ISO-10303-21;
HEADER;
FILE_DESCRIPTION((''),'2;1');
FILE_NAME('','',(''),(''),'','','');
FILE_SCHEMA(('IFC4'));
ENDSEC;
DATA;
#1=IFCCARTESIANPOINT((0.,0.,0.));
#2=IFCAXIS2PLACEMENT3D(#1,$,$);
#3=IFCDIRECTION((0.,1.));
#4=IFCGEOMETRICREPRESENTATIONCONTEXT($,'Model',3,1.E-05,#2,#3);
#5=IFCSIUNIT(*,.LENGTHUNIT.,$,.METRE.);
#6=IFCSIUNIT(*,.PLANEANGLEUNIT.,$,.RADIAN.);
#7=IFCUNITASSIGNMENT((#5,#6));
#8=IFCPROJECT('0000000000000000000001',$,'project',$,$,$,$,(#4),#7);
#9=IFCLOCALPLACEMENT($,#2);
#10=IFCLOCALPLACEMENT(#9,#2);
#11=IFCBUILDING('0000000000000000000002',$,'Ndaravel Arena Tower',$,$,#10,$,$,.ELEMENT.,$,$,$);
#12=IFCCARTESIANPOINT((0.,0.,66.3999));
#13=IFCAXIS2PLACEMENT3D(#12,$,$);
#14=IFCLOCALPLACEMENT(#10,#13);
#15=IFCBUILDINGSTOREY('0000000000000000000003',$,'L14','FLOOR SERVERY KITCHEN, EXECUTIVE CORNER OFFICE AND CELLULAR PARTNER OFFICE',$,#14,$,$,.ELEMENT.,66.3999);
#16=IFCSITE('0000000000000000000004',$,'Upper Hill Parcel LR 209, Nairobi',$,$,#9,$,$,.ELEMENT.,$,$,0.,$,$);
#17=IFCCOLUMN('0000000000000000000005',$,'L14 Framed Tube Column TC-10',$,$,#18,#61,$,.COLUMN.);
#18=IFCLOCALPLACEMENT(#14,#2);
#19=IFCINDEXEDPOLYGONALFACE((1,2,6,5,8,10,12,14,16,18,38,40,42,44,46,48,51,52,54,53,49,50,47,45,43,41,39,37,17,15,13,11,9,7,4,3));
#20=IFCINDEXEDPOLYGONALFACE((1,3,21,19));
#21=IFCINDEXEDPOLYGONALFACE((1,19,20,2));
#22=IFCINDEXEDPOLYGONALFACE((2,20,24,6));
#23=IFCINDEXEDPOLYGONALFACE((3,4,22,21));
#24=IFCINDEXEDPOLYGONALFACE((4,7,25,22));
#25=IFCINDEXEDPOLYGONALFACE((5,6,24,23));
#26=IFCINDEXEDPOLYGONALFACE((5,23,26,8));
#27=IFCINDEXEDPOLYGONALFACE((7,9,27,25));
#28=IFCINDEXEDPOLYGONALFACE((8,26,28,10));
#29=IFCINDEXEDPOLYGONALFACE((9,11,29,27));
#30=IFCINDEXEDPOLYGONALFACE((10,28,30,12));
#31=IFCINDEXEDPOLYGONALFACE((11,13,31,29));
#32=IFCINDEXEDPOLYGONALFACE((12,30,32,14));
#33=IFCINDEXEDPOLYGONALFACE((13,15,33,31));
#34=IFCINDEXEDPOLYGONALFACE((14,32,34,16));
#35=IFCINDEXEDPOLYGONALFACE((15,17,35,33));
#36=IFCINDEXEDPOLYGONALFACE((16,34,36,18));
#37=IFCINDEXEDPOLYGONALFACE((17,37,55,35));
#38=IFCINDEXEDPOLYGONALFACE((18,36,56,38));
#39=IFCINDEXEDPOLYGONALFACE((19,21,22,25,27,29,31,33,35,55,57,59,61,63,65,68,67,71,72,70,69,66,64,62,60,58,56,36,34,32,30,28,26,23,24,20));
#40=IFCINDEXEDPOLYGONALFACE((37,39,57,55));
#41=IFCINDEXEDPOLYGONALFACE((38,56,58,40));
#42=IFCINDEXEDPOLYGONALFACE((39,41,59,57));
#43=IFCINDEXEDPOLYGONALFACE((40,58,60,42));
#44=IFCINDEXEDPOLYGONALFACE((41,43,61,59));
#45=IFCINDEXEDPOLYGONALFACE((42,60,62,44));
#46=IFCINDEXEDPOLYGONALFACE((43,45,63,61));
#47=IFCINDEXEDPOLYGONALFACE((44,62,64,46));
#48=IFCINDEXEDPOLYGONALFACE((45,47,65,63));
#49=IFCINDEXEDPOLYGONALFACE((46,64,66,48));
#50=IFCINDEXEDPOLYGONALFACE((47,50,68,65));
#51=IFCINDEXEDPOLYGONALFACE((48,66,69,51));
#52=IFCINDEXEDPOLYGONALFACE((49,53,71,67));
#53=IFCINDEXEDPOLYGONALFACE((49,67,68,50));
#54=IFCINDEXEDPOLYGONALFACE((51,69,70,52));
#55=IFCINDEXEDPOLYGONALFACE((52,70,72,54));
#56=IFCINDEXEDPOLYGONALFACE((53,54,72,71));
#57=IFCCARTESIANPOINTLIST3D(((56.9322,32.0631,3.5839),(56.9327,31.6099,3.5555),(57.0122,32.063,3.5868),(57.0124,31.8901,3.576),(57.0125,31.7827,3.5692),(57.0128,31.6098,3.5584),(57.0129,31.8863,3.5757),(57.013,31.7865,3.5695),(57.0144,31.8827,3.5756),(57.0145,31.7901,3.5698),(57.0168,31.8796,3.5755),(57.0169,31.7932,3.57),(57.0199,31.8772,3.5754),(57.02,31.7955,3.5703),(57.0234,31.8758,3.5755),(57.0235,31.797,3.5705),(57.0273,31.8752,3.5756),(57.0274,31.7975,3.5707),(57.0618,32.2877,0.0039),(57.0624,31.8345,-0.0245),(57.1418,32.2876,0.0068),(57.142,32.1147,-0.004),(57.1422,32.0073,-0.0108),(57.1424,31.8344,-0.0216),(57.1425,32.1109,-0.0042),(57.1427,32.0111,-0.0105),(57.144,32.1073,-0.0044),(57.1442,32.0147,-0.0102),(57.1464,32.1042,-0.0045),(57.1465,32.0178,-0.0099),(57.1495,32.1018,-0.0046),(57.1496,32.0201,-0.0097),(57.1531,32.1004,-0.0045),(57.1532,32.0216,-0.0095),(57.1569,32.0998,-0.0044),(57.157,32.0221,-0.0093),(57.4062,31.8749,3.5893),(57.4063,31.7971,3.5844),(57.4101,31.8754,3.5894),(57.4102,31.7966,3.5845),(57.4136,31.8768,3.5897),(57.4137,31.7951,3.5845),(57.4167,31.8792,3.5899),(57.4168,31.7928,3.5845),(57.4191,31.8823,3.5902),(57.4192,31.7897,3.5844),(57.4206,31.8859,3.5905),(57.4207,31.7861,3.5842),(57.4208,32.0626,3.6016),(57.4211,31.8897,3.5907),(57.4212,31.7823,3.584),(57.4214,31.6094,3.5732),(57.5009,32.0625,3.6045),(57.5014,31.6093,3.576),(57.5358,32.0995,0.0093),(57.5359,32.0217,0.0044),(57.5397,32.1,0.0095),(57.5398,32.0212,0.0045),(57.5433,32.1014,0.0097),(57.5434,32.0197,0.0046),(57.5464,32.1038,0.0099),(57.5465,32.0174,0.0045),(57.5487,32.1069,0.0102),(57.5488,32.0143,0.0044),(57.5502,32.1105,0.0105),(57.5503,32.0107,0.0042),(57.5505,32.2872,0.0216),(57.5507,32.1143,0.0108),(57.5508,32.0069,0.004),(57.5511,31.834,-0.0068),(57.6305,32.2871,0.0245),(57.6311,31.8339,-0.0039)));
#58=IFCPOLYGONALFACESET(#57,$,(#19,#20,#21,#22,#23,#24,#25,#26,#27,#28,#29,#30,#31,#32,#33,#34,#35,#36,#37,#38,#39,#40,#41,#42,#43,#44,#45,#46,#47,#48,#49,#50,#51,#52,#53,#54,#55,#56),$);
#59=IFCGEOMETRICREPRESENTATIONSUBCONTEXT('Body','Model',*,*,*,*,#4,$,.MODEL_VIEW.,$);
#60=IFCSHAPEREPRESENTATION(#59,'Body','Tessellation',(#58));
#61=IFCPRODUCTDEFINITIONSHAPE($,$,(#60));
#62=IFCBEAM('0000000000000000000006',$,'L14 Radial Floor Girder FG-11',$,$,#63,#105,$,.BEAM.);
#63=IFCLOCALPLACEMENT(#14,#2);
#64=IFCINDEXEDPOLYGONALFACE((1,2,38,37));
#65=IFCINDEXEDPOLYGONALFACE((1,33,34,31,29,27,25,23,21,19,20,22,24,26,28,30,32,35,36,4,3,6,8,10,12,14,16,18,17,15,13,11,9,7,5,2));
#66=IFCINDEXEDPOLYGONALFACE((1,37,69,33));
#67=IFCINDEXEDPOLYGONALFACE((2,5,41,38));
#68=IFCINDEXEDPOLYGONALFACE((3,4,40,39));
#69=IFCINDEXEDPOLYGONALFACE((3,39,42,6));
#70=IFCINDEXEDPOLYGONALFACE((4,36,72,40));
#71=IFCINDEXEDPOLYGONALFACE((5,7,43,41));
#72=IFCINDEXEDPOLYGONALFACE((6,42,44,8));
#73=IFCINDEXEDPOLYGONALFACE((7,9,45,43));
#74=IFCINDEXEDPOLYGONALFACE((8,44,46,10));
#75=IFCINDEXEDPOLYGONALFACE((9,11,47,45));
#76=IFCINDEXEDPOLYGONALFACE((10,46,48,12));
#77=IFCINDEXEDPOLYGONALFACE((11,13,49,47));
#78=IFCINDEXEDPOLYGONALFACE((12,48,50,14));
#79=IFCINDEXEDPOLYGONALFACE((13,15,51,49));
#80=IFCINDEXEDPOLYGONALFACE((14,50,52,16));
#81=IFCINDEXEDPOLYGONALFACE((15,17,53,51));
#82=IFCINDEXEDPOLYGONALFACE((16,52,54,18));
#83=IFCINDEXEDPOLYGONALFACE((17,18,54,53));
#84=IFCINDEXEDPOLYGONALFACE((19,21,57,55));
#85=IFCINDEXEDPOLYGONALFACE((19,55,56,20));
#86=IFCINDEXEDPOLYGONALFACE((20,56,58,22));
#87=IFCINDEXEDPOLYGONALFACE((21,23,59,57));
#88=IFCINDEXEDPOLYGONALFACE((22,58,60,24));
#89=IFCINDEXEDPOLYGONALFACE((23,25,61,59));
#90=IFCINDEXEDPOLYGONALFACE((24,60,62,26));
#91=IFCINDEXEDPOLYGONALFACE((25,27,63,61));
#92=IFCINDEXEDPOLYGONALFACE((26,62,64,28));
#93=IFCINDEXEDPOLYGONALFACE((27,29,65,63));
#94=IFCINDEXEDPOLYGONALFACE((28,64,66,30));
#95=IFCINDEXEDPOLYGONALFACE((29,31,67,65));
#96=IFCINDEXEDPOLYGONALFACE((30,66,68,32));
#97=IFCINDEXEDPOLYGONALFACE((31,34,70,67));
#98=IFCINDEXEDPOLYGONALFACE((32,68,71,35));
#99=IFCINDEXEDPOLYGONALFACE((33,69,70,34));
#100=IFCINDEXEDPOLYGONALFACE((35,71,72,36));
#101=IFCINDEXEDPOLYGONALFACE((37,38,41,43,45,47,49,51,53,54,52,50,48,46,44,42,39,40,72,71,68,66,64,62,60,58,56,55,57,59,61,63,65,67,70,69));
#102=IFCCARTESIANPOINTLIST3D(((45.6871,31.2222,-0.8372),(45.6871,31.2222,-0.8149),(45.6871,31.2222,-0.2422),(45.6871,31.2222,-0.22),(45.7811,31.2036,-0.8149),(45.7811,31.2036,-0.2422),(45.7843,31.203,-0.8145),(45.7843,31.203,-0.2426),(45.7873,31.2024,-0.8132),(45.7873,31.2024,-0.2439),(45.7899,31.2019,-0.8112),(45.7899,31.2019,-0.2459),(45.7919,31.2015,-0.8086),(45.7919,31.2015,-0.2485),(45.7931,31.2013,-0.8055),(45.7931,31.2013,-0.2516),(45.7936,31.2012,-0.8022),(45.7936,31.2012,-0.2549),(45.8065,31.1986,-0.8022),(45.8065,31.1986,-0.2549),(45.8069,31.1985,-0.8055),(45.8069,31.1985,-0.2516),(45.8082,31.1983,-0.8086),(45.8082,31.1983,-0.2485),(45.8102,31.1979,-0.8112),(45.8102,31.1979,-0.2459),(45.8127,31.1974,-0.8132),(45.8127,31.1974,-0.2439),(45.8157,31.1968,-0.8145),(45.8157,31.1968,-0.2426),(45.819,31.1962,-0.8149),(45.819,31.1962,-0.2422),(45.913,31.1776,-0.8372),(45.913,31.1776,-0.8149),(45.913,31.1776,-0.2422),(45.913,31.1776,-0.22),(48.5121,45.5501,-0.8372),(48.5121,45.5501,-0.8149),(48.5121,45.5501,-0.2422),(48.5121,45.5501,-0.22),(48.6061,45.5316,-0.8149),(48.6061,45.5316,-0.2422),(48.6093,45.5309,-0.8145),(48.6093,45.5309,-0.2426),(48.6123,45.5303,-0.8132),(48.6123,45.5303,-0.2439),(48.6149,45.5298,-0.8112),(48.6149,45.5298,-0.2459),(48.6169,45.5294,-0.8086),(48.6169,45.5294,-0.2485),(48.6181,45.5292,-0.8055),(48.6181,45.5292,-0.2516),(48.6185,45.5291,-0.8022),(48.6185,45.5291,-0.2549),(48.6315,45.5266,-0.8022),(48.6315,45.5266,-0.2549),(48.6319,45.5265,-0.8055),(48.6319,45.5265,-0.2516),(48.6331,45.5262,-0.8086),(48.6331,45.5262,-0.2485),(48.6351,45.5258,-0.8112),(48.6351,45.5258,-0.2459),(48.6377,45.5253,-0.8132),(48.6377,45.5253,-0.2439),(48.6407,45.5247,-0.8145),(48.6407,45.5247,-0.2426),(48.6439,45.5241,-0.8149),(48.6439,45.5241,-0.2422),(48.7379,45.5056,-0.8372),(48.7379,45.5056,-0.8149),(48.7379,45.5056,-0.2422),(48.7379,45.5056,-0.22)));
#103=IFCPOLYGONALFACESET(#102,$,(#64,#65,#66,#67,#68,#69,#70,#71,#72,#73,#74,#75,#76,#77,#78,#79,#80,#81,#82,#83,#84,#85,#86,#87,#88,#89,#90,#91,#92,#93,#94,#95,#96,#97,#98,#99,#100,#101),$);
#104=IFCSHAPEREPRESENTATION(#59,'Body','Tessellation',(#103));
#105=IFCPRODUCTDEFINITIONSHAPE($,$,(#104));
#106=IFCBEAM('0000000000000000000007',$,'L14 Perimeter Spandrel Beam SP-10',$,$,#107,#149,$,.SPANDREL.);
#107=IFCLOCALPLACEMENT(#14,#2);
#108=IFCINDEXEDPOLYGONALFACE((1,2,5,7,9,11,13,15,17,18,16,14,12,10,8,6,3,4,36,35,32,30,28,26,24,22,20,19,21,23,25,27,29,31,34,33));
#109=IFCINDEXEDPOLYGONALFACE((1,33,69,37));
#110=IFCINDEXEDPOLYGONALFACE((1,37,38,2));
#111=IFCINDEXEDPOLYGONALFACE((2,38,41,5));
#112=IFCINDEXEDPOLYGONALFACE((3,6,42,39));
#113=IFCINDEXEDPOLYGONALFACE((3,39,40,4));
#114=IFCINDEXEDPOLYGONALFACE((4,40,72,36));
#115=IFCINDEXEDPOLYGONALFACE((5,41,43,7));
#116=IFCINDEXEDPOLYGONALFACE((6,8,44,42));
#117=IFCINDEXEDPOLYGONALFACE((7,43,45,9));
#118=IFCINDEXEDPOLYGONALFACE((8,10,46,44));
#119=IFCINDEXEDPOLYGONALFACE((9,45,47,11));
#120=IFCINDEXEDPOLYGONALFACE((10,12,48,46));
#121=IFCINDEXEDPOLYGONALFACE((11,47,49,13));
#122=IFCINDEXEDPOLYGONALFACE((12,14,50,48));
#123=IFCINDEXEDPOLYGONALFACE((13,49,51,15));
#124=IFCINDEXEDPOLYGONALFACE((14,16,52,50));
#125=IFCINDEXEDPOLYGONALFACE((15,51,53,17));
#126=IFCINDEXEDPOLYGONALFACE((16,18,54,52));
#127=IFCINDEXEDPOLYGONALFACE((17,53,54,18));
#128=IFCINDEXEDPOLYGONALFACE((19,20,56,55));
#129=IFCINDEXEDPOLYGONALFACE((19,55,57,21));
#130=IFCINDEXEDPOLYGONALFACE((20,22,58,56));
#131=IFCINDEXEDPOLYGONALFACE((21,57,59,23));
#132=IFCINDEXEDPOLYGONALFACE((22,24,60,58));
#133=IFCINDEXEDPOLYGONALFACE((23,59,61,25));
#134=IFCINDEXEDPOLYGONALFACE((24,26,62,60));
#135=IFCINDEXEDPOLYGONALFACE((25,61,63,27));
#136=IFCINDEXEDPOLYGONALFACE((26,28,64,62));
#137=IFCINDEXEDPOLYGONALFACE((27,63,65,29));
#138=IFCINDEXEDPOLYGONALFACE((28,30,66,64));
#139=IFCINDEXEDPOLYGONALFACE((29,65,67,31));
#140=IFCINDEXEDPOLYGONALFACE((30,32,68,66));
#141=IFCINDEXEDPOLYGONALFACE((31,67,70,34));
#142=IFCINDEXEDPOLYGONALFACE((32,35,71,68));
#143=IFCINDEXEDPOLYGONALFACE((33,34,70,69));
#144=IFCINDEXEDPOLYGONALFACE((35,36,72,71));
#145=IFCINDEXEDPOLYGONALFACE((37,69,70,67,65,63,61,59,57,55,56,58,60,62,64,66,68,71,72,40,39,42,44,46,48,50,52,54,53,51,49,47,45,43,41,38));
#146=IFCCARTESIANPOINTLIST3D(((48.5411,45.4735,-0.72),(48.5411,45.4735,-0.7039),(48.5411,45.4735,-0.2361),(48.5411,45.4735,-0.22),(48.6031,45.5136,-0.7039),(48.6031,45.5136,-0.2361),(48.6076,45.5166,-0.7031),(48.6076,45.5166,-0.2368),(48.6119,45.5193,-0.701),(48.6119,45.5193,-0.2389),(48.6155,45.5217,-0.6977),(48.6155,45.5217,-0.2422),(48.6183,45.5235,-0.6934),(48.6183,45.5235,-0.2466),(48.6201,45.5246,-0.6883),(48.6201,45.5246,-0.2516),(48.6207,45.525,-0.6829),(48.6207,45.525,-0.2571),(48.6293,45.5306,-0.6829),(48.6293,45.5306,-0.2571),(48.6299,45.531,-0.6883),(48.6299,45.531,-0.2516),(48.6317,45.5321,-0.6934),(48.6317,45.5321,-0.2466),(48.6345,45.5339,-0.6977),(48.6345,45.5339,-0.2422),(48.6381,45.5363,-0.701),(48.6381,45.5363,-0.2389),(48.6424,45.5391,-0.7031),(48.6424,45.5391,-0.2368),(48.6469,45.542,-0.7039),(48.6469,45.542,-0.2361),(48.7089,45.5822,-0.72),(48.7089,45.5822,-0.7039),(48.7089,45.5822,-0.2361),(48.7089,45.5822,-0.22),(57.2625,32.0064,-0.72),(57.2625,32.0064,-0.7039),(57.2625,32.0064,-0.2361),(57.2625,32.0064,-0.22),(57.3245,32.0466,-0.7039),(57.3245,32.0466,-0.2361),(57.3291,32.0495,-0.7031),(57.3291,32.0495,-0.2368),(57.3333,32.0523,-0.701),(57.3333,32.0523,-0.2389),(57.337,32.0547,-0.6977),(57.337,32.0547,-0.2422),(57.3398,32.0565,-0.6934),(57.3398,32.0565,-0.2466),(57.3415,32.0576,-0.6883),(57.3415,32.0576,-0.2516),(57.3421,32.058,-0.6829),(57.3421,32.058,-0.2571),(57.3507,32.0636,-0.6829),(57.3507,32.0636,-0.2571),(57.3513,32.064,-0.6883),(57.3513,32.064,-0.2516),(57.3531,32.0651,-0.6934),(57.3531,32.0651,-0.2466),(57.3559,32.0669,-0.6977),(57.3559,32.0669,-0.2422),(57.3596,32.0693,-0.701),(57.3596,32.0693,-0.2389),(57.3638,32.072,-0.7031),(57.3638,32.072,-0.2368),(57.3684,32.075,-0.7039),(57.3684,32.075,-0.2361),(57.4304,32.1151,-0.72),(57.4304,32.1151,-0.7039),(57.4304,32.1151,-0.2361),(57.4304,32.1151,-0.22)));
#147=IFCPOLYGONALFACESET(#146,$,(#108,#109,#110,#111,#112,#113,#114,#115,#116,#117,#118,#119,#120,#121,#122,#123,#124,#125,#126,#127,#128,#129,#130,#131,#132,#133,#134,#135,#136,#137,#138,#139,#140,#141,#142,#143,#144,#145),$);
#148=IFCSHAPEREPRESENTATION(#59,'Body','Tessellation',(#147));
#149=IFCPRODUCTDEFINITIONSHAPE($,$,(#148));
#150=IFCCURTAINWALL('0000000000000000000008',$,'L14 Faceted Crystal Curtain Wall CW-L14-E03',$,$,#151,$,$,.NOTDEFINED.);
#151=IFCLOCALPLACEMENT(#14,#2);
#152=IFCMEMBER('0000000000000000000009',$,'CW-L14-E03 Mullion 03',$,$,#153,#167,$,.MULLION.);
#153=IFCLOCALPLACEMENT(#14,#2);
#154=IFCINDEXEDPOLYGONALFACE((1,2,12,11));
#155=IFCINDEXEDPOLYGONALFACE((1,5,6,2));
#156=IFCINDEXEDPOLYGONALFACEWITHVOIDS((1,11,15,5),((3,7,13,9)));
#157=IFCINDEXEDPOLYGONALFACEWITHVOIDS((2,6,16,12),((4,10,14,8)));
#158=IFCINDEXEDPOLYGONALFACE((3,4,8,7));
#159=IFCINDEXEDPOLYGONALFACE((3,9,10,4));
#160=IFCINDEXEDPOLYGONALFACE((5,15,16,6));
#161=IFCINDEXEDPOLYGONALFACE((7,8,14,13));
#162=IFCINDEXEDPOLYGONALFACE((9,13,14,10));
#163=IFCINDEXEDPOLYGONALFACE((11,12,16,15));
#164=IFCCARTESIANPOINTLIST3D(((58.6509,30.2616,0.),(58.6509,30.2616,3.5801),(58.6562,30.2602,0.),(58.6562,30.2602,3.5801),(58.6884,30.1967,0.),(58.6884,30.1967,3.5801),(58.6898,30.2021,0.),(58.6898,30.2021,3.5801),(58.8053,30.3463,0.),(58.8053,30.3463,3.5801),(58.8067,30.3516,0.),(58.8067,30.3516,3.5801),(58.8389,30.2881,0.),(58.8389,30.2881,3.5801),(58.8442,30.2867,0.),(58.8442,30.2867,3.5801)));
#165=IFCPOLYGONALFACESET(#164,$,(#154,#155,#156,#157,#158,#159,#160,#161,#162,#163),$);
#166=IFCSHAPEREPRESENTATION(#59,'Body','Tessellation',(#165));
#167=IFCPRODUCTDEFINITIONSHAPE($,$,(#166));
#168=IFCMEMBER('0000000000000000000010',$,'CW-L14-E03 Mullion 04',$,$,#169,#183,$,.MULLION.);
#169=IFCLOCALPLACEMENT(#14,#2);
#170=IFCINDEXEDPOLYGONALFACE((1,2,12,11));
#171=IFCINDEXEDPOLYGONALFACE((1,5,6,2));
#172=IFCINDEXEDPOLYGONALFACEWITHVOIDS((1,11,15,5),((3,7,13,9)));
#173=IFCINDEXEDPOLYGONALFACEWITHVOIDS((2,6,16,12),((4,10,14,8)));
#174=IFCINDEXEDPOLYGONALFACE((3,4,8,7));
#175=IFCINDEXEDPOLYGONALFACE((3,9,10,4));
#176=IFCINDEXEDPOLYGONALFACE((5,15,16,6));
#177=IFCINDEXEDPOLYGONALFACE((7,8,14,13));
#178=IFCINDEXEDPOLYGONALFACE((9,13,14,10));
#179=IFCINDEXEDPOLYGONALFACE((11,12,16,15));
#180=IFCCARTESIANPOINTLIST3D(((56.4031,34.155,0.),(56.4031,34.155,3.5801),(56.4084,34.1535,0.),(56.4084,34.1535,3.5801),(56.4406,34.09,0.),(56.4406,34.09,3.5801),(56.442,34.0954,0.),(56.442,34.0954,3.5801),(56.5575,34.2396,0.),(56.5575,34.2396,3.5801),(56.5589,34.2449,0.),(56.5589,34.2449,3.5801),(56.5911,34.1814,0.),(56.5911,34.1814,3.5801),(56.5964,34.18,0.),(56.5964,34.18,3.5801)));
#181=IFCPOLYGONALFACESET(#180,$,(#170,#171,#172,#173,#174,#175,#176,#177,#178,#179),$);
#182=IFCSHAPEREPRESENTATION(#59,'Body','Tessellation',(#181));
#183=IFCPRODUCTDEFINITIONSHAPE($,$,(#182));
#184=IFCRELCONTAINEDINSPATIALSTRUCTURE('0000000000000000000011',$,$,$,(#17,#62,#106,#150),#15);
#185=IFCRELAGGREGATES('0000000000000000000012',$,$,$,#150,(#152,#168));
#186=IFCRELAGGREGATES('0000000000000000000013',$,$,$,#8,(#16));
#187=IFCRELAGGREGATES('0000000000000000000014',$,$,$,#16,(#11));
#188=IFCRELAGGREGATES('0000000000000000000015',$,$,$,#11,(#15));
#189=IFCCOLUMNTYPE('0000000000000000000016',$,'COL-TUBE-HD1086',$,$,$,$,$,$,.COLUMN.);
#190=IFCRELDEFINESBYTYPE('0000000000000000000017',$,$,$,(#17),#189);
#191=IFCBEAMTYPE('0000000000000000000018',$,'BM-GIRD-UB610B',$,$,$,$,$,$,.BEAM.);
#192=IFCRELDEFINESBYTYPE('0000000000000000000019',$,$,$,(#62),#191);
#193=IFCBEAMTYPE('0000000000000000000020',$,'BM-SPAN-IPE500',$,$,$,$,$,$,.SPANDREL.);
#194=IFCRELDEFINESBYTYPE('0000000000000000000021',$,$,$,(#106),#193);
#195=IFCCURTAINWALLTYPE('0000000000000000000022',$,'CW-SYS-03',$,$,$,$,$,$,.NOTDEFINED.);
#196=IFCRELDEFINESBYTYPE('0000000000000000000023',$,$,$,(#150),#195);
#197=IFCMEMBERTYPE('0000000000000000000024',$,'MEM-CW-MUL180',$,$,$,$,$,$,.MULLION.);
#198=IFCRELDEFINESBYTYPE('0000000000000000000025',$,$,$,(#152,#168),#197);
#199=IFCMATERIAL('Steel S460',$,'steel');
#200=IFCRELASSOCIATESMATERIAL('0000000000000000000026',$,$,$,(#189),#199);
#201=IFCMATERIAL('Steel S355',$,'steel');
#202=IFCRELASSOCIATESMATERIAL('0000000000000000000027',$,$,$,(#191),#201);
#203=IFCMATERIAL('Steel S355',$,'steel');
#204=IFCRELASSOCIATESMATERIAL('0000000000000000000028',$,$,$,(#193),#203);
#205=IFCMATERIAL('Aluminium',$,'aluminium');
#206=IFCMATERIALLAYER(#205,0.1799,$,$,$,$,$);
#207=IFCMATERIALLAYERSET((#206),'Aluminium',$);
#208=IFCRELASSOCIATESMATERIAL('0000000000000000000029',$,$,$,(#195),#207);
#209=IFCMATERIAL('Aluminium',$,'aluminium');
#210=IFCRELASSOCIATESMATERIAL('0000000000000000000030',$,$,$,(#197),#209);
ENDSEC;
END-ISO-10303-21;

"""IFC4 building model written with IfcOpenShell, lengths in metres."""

from ifc_helpers import new_model, si_unit, direction, frame, origin, origin_2d, place, context, subcontext, project, spatial, hollow_rectangle, i_section, extrude, material, layer, layer_set, material_profile, profile_set, type_object, element, aggregate, save


model = new_model("IFC4")

# Units and contexts
model_context = context("Model", 3, precision=1e-05, world=origin(), true_north=direction((0.0, 1.0)))
body_context = subcontext(model_context, "Body", "Model", "MODEL_VIEW")
ifc_project = project(units=[si_unit("LENGTHUNIT", "METRE"), si_unit("PLANEANGLEUNIT", "RADIAN")], contexts=[model_context])

# Site, building, storey
site_placement = place(None, origin())
site = spatial("IfcSite", under=ifc_project, at=site_placement, Name="Upper Hill Parcel LR 209, Nairobi", CompositionType="ELEMENT", RefElevation=0.0)
building_placement = place(site_placement, origin())
building = spatial("IfcBuilding", under=site, at=building_placement, Name="Ndaravel Arena Tower", CompositionType="ELEMENT")
storey_placement = place(building_placement, frame((0.0, 0.0, 66.3999)))
storey = spatial("IfcBuildingStorey", under=building, at=storey_placement, Name="L14", Description="FLOOR SERVERY KITCHEN, EXECUTIVE CORNER OFFICE AND CELLULAR PARTNER OFFICE", CompositionType="ELEMENT", Elevation=66.3999)

# Column
ifc_material_1 = material(Name="Steel S460", Category="steel")
ifc_material_profile_1 = material_profile(ifc_material_1, i_section(OverallWidth=0.4541, OverallDepth=0.5691, WebThickness=0.0779, FlangeThickness=0.0801, FilletRadius=0.0149, at=origin_2d()), Name="HD 400x1086")
ifc_profile_set_1 = profile_set([ifc_material_profile_1], Name="Steel S460")
column_type = type_object("IfcColumnType", Name="COL-TUBE-HD1086", PredefinedType="COLUMN", material=ifc_profile_set_1)
column_placement = place(storey_placement, frame((57.3464, 32.0608, 0.0), z_axis=(-0.036116, -0.062575, 0.997387), x_axis=(-0.001264, 0.99804, 0.06257)))
element("IfcColumn", 1, at=column_placement, inside=storey, type_object=column_type, Name="L14 Framed Tube Column TC-10", PredefinedType="COLUMN", context=body_context, shape_type="SweptSolid", body=[
    extrude(i_section(OverallWidth=0.4541, OverallDepth=0.5691, WebThickness=0.0779, FlangeThickness=0.0801, FilletRadius=0.0149, at=origin_2d()), origin(), (0.0, 0.0, 1.0), 3.5894),
])

# Beams
ifc_material_2 = material(Name="Steel S355", Category="steel")
ifc_material_profile_2 = material_profile(ifc_material_2, i_section(OverallWidth=0.2302, OverallDepth=0.6172, WebThickness=0.0132, FlangeThickness=0.0222, FilletRadius=0.0127, at=origin_2d()), Name="UB 610x229x140")
ifc_profile_set_2 = profile_set([ifc_material_profile_2], Name="Steel S355")
beam_type_1 = type_object("IfcBeamType", Name="BM-GIRD-UB610B", PredefinedType="BEAM", material=ifc_profile_set_2)
beam_1_placement = place(storey_placement, frame((48.625, 45.5278, -0.5286), z_axis=(-0.193441, -0.981112, 0.0), x_axis=(0.981112, -0.193441, 0.0)))
element("IfcBeam", 2, at=beam_1_placement, inside=storey, type_object=beam_type_1, Name="L14 Radial Floor Girder FG-11", PredefinedType="BEAM", context=body_context, shape_type="SweptSolid", body=[
    extrude(i_section(OverallWidth=0.2302, OverallDepth=0.6172, WebThickness=0.0132, FlangeThickness=0.0222, FilletRadius=0.0127, at=origin_2d()), origin(), (0.0, 0.0, 1.0), 14.6038),
])
ifc_material_3 = material(Name="Steel S355", Category="steel")
ifc_material_profile_3 = material_profile(ifc_material_3, i_section(OverallWidth=0.2, OverallDepth=0.5, WebThickness=0.0103, FlangeThickness=0.0161, FilletRadius=0.021, at=origin_2d()), Name="IPE 500")
ifc_profile_set_3 = profile_set([ifc_material_profile_3], Name="Steel S355")
beam_type_2 = type_object("IfcBeamType", Name="BM-SPAN-IPE500", PredefinedType="SPANDREL", material=ifc_profile_set_3)
beam_2_placement = place(storey_placement, frame((57.3464, 32.0608, -0.47), z_axis=(-0.543579, 0.839358, 0.0), x_axis=(-0.839358, -0.543579, 0.0)))
element("IfcBeam", 3, at=beam_2_placement, inside=storey, type_object=beam_type_2, Name="L14 Perimeter Spandrel Beam SP-10", PredefinedType="SPANDREL", context=body_context, shape_type="SweptSolid", body=[
    extrude(i_section(OverallWidth=0.2, OverallDepth=0.5, WebThickness=0.0103, FlangeThickness=0.0161, FilletRadius=0.021, at=origin_2d()), origin(), (0.0, 0.0, 1.0), 16.0444),
])

# Curtain wall, members
ifc_material_4 = material(Name="Aluminium", Category="aluminium")
ifc_layer_1 = layer(ifc_material_4, 0.1799)
ifc_layer_set_1 = layer_set([ifc_layer_1], Name="Aluminium")
curtain_wall_type_1 = type_object("IfcCurtainWallType", Name="CW-SYS-03", PredefinedType="NOTDEFINED", material=ifc_layer_set_1)
curtain_wall_1_placement = place(storey_placement, origin())
curtain_wall_1 = element("IfcCurtainWall", 4, at=curtain_wall_1_placement, inside=storey, type_object=curtain_wall_type_1, Name="L14 Faceted Crystal Curtain Wall CW-L14-E03", PredefinedType="NOTDEFINED")
ifc_material_5 = material(Name="Aluminium", Category="aluminium")
ifc_material_profile_4 = material_profile(ifc_material_5, hollow_rectangle(XDim=0.075, YDim=0.1799, WallThickness=0.0039, at=origin_2d()), Name="CW MULLION 75x180x4")
ifc_profile_set_4 = profile_set([ifc_material_profile_4], Name="Aluminium")
member_type_1 = type_object("IfcMemberType", Name="MEM-CW-MUL180", PredefinedType="MULLION", material=ifc_profile_set_4)
member_1_placement = place(storey_placement, frame((58.7476, 30.2742, 0.0), z_axis=(0.0, 0.0, 1.0), x_axis=(-0.5, 0.866025, 0.0)))
member_1 = element("IfcMember", 5, at=member_1_placement, type_object=member_type_1, Name="CW-L14-E03 Mullion 03", PredefinedType="MULLION", context=body_context, shape_type="SweptSolid", body=[
    extrude(hollow_rectangle(XDim=0.075, YDim=0.1799, WallThickness=0.0039, at=origin_2d()), origin(), (0.0, 0.0, 1.0), 3.5801),
])
member_2_placement = place(storey_placement, frame((56.4998, 34.1675, 0.0), z_axis=(0.0, 0.0, 1.0), x_axis=(-0.5, 0.866025, 0.0)))
member_2 = element("IfcMember", 6, at=member_2_placement, type_object=member_type_1, Name="CW-L14-E03 Mullion 04", PredefinedType="MULLION", context=body_context, shape_type="SweptSolid", body=[
    extrude(hollow_rectangle(XDim=0.075, YDim=0.1799, WallThickness=0.0039, at=origin_2d()), origin(), (0.0, 0.0, 1.0), 3.5801),
])

aggregate(curtain_wall_1, [member_1, member_2])

save(model, "model.ifc")
